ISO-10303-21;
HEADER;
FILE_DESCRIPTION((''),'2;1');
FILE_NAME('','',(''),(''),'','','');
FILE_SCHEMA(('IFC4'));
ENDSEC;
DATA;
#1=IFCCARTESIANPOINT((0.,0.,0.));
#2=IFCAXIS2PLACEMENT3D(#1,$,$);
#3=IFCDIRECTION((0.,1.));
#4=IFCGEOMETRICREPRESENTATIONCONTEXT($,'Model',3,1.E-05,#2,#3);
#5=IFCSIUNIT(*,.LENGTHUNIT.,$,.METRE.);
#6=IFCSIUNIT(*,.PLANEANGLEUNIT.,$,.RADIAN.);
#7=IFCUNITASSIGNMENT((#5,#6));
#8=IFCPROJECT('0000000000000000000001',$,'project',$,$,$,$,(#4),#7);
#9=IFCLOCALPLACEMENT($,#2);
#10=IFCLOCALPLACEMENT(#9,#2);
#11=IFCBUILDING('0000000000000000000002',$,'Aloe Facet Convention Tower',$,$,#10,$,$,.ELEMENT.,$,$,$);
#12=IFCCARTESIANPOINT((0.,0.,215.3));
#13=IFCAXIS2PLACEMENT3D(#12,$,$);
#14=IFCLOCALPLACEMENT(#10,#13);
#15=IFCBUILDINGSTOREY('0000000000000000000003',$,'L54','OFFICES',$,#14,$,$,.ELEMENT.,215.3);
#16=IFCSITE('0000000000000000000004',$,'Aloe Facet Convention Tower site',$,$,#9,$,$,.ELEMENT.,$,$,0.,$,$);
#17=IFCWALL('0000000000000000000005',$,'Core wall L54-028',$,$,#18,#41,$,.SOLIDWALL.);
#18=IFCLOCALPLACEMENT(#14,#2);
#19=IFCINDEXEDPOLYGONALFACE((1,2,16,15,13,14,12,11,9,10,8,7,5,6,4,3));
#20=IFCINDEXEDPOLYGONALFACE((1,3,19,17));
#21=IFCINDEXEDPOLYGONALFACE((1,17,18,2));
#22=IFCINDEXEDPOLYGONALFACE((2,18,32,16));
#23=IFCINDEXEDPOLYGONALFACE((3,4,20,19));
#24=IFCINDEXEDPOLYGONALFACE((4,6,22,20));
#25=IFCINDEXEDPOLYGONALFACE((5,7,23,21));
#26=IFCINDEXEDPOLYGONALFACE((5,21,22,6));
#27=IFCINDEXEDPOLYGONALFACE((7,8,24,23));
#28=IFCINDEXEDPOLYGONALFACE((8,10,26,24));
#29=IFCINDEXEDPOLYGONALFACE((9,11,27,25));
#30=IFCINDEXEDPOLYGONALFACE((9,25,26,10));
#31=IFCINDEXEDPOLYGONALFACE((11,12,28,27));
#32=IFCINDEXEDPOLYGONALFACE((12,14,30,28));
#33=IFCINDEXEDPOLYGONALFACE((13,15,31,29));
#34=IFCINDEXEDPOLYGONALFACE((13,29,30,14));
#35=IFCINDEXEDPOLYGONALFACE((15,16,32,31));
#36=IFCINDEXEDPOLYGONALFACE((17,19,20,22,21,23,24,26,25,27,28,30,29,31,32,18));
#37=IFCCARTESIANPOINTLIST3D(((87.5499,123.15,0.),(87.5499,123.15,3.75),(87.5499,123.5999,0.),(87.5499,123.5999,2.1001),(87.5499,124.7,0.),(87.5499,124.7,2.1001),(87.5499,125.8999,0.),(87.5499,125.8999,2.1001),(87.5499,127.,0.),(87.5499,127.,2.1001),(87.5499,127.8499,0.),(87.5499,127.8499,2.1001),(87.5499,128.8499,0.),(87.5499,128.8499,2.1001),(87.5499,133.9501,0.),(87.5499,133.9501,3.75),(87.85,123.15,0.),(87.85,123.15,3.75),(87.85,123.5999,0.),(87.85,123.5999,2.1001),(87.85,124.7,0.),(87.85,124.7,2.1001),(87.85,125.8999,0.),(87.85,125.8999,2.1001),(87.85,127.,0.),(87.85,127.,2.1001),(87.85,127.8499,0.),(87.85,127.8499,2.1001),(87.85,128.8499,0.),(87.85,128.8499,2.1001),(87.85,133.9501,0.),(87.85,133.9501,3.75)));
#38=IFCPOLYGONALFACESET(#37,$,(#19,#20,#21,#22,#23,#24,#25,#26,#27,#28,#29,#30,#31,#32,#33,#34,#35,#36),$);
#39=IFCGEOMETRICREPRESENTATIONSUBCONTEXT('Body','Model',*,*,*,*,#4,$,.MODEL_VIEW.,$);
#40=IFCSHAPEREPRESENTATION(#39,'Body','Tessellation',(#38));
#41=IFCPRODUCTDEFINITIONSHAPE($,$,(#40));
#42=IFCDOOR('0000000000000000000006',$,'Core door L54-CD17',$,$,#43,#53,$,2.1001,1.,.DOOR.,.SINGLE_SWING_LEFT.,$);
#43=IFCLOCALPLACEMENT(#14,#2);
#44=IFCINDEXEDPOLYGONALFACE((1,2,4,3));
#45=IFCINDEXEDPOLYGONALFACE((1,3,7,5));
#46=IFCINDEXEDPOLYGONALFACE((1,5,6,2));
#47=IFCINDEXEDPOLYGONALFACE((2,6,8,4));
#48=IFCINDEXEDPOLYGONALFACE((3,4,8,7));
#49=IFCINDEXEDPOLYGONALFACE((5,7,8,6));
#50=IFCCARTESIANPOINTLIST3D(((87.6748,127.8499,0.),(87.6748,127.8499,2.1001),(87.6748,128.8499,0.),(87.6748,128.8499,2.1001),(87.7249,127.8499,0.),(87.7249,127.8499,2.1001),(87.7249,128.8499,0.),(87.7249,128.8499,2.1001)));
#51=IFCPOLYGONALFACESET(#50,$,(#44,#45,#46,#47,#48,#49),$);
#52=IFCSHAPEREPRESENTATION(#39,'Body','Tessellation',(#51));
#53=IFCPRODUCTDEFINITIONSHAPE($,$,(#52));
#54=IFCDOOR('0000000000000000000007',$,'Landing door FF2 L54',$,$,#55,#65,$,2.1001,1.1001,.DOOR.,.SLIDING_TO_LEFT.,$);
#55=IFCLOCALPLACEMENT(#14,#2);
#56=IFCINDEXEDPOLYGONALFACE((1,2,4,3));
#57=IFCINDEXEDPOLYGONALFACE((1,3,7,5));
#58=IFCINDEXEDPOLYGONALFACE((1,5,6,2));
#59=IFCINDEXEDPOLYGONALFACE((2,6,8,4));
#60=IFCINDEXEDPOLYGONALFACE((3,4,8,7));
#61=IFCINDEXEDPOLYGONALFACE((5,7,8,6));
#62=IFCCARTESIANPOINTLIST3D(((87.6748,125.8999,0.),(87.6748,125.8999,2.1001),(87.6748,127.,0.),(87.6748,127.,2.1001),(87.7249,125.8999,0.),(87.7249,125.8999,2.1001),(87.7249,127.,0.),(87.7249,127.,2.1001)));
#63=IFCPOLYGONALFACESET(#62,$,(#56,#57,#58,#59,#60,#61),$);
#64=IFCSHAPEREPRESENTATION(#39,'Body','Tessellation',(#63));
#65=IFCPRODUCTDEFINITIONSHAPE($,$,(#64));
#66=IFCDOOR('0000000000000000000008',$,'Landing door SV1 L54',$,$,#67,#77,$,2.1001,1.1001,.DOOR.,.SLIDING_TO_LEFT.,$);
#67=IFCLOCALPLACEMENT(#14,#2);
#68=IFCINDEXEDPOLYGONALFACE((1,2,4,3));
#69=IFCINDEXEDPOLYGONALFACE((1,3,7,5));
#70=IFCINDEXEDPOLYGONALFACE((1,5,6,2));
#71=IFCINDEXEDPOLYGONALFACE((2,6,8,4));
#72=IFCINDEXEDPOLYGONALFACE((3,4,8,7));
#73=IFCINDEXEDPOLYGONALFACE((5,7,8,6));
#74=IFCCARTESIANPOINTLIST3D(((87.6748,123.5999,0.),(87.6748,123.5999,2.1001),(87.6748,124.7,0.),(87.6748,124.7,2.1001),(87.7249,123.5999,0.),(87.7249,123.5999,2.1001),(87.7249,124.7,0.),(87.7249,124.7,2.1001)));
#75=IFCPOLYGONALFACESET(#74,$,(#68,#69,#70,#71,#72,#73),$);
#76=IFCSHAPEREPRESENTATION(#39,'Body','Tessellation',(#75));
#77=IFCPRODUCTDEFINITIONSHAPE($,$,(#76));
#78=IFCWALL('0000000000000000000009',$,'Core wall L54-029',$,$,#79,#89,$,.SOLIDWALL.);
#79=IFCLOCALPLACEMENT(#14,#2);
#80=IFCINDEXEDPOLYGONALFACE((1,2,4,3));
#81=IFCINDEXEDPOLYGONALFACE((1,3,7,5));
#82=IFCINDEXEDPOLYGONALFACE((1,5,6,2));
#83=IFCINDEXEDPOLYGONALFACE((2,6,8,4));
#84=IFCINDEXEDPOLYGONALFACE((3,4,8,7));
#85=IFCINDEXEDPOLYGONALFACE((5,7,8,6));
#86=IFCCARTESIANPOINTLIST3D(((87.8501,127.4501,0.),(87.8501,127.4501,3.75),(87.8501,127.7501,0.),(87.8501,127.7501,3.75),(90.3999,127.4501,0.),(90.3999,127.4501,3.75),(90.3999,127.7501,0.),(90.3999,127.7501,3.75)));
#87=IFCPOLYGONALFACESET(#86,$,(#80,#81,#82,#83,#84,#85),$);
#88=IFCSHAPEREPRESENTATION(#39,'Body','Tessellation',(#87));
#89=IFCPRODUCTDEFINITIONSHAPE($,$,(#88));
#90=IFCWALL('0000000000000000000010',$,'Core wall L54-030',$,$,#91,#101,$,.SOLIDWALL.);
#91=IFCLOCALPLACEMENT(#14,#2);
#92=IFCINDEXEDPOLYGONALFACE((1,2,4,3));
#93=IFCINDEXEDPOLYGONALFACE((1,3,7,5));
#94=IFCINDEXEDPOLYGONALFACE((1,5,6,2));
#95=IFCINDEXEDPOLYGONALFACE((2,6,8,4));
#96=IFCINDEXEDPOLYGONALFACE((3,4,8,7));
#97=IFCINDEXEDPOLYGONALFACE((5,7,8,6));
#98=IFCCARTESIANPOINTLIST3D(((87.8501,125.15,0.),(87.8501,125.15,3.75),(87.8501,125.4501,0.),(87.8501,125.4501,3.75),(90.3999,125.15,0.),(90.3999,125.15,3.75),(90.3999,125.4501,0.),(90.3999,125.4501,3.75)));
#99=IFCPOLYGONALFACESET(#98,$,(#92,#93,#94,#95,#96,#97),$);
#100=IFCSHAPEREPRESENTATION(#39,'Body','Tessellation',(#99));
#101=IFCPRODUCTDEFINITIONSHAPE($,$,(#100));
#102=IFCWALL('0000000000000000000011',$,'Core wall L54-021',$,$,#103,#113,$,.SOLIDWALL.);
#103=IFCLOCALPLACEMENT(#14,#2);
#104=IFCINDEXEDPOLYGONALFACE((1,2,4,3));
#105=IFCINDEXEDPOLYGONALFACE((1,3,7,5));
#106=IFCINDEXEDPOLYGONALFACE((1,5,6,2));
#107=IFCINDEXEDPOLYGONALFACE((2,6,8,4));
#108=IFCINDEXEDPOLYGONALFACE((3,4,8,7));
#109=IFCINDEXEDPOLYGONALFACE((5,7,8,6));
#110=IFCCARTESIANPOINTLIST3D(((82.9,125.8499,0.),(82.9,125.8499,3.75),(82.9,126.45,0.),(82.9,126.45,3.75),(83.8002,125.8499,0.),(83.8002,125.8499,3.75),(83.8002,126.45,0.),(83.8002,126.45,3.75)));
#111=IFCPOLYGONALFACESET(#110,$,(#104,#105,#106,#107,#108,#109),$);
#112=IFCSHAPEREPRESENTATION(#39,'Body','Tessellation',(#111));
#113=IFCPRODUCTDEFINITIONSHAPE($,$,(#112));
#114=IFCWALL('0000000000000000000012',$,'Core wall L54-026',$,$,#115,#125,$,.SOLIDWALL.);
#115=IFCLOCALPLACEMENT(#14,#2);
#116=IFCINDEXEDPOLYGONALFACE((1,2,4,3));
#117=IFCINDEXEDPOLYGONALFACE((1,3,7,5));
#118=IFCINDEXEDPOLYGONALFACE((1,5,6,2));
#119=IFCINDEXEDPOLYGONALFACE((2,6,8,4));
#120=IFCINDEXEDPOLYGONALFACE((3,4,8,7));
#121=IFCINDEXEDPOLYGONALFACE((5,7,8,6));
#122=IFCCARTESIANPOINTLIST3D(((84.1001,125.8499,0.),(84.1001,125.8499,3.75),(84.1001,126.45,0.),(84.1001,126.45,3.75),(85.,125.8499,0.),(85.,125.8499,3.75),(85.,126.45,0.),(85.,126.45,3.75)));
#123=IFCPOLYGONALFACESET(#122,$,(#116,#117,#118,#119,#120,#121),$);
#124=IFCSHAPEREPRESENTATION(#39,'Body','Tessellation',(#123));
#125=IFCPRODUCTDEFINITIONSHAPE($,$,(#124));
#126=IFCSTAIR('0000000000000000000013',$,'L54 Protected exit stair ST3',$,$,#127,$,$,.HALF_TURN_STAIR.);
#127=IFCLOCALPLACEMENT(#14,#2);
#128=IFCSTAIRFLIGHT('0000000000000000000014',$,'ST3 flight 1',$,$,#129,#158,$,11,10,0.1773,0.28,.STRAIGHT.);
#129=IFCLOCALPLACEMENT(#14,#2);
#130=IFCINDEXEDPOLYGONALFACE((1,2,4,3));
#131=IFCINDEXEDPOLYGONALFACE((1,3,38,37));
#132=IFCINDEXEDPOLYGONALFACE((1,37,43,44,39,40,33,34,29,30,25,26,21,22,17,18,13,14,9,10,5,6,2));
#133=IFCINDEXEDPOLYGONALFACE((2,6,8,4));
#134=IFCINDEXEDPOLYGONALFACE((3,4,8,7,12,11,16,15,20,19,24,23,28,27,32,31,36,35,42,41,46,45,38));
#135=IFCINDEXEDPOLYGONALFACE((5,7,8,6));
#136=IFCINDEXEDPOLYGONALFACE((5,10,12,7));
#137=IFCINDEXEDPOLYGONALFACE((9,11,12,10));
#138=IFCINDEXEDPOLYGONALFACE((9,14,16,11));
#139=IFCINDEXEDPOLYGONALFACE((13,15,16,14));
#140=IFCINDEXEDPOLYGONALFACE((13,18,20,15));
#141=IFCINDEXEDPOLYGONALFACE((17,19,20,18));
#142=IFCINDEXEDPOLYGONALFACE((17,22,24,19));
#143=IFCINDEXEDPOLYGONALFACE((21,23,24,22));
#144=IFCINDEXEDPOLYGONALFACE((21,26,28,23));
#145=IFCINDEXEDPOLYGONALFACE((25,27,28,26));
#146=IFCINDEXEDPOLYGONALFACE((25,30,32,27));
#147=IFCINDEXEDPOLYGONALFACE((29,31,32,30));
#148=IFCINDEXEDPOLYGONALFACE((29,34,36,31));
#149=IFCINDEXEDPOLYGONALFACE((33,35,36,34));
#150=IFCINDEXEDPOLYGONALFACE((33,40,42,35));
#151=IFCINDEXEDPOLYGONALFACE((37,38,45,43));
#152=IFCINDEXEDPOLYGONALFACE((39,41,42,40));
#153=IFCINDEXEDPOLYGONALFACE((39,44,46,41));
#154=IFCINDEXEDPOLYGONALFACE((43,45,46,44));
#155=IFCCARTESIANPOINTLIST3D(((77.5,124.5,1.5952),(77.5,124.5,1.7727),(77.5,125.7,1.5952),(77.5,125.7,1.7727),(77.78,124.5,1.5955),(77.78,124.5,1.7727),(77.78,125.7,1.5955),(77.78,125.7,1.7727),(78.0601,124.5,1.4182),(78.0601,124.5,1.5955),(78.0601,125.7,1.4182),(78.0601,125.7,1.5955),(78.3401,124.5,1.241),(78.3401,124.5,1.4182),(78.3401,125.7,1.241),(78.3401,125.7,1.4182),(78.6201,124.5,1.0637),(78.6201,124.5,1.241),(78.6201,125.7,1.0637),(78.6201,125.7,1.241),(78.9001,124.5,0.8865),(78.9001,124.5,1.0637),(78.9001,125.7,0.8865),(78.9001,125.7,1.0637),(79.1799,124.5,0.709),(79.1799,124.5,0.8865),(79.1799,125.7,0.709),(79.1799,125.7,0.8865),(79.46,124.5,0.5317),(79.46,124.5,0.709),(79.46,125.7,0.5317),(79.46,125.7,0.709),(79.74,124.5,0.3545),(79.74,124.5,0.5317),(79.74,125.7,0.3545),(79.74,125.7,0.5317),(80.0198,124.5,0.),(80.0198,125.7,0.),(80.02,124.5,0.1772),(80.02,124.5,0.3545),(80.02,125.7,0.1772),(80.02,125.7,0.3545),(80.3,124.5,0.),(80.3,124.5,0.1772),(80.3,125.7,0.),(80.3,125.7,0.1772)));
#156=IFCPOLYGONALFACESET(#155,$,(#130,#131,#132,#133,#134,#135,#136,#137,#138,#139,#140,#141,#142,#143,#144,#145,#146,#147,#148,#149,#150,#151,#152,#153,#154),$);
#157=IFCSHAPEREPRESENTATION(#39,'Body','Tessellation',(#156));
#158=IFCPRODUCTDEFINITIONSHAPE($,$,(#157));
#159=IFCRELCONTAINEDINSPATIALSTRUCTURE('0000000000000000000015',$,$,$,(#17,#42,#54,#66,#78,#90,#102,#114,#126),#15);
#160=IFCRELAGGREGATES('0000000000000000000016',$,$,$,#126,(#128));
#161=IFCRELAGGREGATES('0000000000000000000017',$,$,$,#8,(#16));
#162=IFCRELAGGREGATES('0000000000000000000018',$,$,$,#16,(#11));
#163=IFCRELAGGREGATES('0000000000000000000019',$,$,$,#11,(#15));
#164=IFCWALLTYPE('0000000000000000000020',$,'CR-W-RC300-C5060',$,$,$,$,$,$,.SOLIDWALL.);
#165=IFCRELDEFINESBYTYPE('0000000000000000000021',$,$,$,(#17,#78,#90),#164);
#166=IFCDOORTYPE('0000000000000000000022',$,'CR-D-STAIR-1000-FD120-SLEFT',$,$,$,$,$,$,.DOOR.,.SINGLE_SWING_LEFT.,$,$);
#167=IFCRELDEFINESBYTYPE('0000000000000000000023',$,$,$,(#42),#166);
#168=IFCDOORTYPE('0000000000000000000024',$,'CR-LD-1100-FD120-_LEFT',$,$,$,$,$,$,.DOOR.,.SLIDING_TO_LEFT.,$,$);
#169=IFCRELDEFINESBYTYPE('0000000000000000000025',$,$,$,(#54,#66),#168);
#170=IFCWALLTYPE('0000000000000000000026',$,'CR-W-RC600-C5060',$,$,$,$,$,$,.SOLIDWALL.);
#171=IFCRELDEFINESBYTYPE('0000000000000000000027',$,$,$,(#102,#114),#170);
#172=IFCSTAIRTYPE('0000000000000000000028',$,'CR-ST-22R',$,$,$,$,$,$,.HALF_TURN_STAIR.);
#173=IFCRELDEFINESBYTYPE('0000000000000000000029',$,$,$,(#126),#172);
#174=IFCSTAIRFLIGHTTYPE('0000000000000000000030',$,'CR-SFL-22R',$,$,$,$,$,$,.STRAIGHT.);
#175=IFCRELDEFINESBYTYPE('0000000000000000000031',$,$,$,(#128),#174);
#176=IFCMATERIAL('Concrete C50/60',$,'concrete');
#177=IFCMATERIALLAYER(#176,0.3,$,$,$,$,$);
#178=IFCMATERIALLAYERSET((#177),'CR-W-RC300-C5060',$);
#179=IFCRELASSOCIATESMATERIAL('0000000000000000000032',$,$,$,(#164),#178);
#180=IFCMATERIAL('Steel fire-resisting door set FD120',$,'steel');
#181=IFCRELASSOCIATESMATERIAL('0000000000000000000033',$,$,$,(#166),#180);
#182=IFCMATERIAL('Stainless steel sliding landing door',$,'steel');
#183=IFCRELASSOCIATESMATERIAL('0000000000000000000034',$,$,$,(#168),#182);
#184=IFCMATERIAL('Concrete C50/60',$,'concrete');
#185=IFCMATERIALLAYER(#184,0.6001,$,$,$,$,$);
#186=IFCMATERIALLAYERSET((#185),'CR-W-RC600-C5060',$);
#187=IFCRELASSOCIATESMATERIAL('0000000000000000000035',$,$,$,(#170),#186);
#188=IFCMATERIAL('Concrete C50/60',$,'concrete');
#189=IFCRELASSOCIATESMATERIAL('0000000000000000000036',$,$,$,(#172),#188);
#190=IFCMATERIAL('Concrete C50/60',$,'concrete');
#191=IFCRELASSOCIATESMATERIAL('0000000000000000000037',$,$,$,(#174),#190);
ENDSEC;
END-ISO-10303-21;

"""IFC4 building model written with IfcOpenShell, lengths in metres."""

from ifc_helpers import new_model, si_unit, direction, frame, frame_2d, origin, place, context, subcontext, project, spatial, polyline, rectangle, outline, extrude, material, layer, layer_set, type_object, element, fill, aggregate, save


model = new_model("IFC4")

# Units and contexts
model_context = context("Model", 3, precision=1e-05, world=origin(), true_north=direction((0.0, 1.0)))
body_context = subcontext(model_context, "Body", "Model", "MODEL_VIEW")
ifc_project = project(units=[si_unit("LENGTHUNIT", "METRE"), si_unit("PLANEANGLEUNIT", "RADIAN")], contexts=[model_context])

# Site, building, storey
site_placement = place(None, origin())
site = spatial("IfcSite", under=ifc_project, at=site_placement, Name="Aloe Facet Convention Tower site", CompositionType="ELEMENT", RefElevation=0.0)
building_placement = place(site_placement, origin())
building = spatial("IfcBuilding", under=site, at=building_placement, Name="Aloe Facet Convention Tower", CompositionType="ELEMENT")
storey_placement = place(building_placement, frame((0.0, 0.0, 215.3)))
storey = spatial("IfcBuildingStorey", under=building, at=storey_placement, Name="L54", Description="OFFICES", CompositionType="ELEMENT", Elevation=215.3)

# Shared definitions
ifc_material_1 = material(Name="Concrete C50/60", Category="concrete")
ifc_layer_1 = layer(ifc_material_1, 0.3)
ifc_layer_set_1 = layer_set([ifc_layer_1], Name="CR-W-RC300-C5060")
wall_type_1 = type_object("IfcWallType", Name="CR-W-RC300-C5060", PredefinedType="SOLIDWALL", material=ifc_layer_set_1)

# Shared definitions
ifc_material_2 = material(Name="Steel fire-resisting door set FD120", Category="steel")
door_type_1 = type_object("IfcDoorType", Name="CR-D-STAIR-1000-FD120-SLEFT", OperationType="SINGLE_SWING_LEFT", PredefinedType="DOOR", material=ifc_material_2)

# Wall, openings, doors
wall_1_placement = place(storey_placement, frame((87.7, 133.95, 0.0), z_axis=(0.0, 0.0, 1.0), x_axis=(0.0, -1.0, 0.0)))
wall_1 = element("IfcWall", 1, at=wall_1_placement, inside=storey, type_object=wall_type_1, Name="Core wall L54-028", PredefinedType="SOLIDWALL", context=body_context, shape_type="SweptSolid", body=[
    extrude(rectangle(XDim=10.8, YDim=0.3, at=frame_2d((5.3999, 0.0))), origin(), (0.0, 0.0, 1.0), 3.75),
])
opening_1_placement = place(wall_1_placement, frame((6.95, 0.0, 0.0)))
opening_1 = element("IfcOpeningElement", 2, at=opening_1_placement, cuts=wall_1, PredefinedType="OPENING", context=body_context, shape_type="SweptSolid", body=[
    extrude(rectangle(XDim=1.1001, YDim=2.1001, at=frame_2d((0.55, 1.05))), frame((0.0, 0.1602, 0.0), z_axis=(0.0, -1.0, 0.0), x_axis=(1.0, 0.0, 0.0)), (0.0, 0.0, 1.0), 0.3201),
])
opening_2_placement = place(wall_1_placement, frame((5.1001, 0.0, 0.0)))
opening_2 = element("IfcOpeningElement", 3, at=opening_2_placement, cuts=wall_1, PredefinedType="OPENING", context=body_context, shape_type="SweptSolid", body=[
    extrude(rectangle(XDim=1.0, YDim=2.1001, at=frame_2d((0.5, 1.05))), frame((0.0, 0.1602, 0.0), z_axis=(0.0, -1.0, 0.0), x_axis=(1.0, 0.0, 0.0)), (0.0, 0.0, 1.0), 0.3201),
])
opening_3_placement = place(wall_1_placement, frame((9.25, 0.0, 0.0)))
opening_3 = element("IfcOpeningElement", 4, at=opening_3_placement, cuts=wall_1, PredefinedType="OPENING", context=body_context, shape_type="SweptSolid", body=[
    extrude(rectangle(XDim=1.1001, YDim=2.1001, at=frame_2d((0.55, 1.05))), frame((0.0, 0.1602, 0.0), z_axis=(0.0, -1.0, 0.0), x_axis=(1.0, 0.0, 0.0)), (0.0, 0.0, 1.0), 0.3201),
])
door_1_placement = place(opening_2_placement, origin())
door_1 = element("IfcDoor", 5, at=door_1_placement, inside=storey, type_object=door_type_1, Name="Core door L54-CD17", OperationType="SINGLE_SWING_LEFT", OverallHeight=2.1001, OverallWidth=1.0, PredefinedType="DOOR", context=body_context, shape_type="SweptSolid", body=[
    extrude(rectangle(XDim=1.0, YDim=2.1001, at=frame_2d((0.5, 1.05))), frame((0.0, 0.0249, 0.0), z_axis=(0.0, -1.0, 0.0), x_axis=(1.0, 0.0, 0.0)), (0.0, 0.0, 1.0), 0.05),
])
fill(opening_2, door_1)
ifc_material_3 = material(Name="Stainless steel sliding landing door", Category="steel")
door_type_2 = type_object("IfcDoorType", Name="CR-LD-1100-FD120-_LEFT", OperationType="SLIDING_TO_LEFT", PredefinedType="DOOR", material=ifc_material_3)
door_2_placement = place(opening_1_placement, origin())
door_2 = element("IfcDoor", 6, at=door_2_placement, inside=storey, type_object=door_type_2, Name="Landing door FF2 L54", OperationType="SLIDING_TO_LEFT", OverallHeight=2.1001, OverallWidth=1.1001, PredefinedType="DOOR", context=body_context, shape_type="SweptSolid", body=[
    extrude(rectangle(XDim=1.1001, YDim=2.1001, at=frame_2d((0.55, 1.05))), frame((0.0, 0.0249, 0.0), z_axis=(0.0, -1.0, 0.0), x_axis=(1.0, 0.0, 0.0)), (0.0, 0.0, 1.0), 0.05),
])
fill(opening_1, door_2)
door_3_placement = place(opening_3_placement, origin())
door_3 = element("IfcDoor", 7, at=door_3_placement, inside=storey, type_object=door_type_2, Name="Landing door SV1 L54", OperationType="SLIDING_TO_LEFT", OverallHeight=2.1001, OverallWidth=1.1001, PredefinedType="DOOR", context=body_context, shape_type="SweptSolid", body=[
    extrude(rectangle(XDim=1.1001, YDim=2.1001, at=frame_2d((0.55, 1.05))), frame((0.0, 0.0249, 0.0), z_axis=(0.0, -1.0, 0.0), x_axis=(1.0, 0.0, 0.0)), (0.0, 0.0, 1.0), 0.05),
])
fill(opening_3, door_3)

# Walls
for number, where, z_axis, x_axis, name in (
    (8, (87.8501, 127.6001, 0.0), (0.0, 0.0, 1.0), (1.0, 0.0, 0.0), "Core wall L54-029"),
    (9, (87.8501, 125.3, 0.0), (0.0, 0.0, 1.0), (1.0, 0.0, 0.0), "Core wall L54-030"),
):
    element("IfcWall", number, at=place(storey_placement, frame(where, z_axis=z_axis, x_axis=x_axis)), inside=storey, type_object=wall_type_1, Name=name, PredefinedType="SOLIDWALL", context=body_context, shape_type="SweptSolid", body=[
        extrude(rectangle(XDim=2.5498, YDim=0.3, at=frame_2d((1.2749, 0.0))), origin(), (0.0, 0.0, 1.0), 3.75),
    ])
ifc_material_4 = material(Name="Concrete C50/60", Category="concrete")
ifc_layer_2 = layer(ifc_material_4, 0.6001)
ifc_layer_set_2 = layer_set([ifc_layer_2], Name="CR-W-RC600-C5060")
wall_type_2 = type_object("IfcWallType", Name="CR-W-RC600-C5060", PredefinedType="SOLIDWALL", material=ifc_layer_set_2)
wall_2_placement = place(storey_placement, frame((82.8999, 126.1499, 0.0), z_axis=(0.0, 0.0, 1.0), x_axis=(1.0, 0.0, 0.0)))
element("IfcWall", 10, at=wall_2_placement, inside=storey, type_object=wall_type_2, Name="Core wall L54-021", PredefinedType="SOLIDWALL", context=body_context, shape_type="SweptSolid", body=[
    extrude(rectangle(XDim=0.9001, YDim=0.6001, at=frame_2d((0.4502, 0.0))), origin(), (0.0, 0.0, 1.0), 3.75),
])
wall_3_placement = place(storey_placement, frame((84.1001, 126.1499, 0.0), z_axis=(0.0, 0.0, 1.0), x_axis=(1.0, 0.0, 0.0)))
element("IfcWall", 11, at=wall_3_placement, inside=storey, type_object=wall_type_2, Name="Core wall L54-026", PredefinedType="SOLIDWALL", context=body_context, shape_type="SweptSolid", body=[
    extrude(rectangle(XDim=0.8999, YDim=0.6001, at=frame_2d((0.45, 0.0))), origin(), (0.0, 0.0, 1.0), 3.75),
])

# Stair, stair flight
ifc_material_5 = material(Name="Concrete C50/60", Category="concrete")
stair_type = type_object("IfcStairType", Name="CR-ST-22R", PredefinedType="HALF_TURN_STAIR", material=ifc_material_5)
stair_placement = place(storey_placement, origin())
stair = element("IfcStair", 12, at=stair_placement, inside=storey, type_object=stair_type, Name="L54 Protected exit stair ST3", PredefinedType="HALF_TURN_STAIR")
ifc_material_6 = material(Name="Concrete C50/60", Category="concrete")
stair_flight_type = type_object("IfcStairFlightType", Name="CR-SFL-22R", PredefinedType="STRAIGHT", material=ifc_material_6)
stair_flight_placement = place(storey_placement, frame((80.3, 125.1001, 0.0), z_axis=(0.0, 0.0, 1.0), x_axis=(-1.0, 0.0, 0.0)))
stair_flight = element("IfcStairFlight", 13, at=stair_flight_placement, type_object=stair_flight_type, Name="ST3 flight 1", NumberOfRisers=11, NumberOfTreads=10, PredefinedType="STRAIGHT", RiserHeight=0.1773, TreadLength=0.28, context=body_context, shape_type="SweptSolid", body=[
    extrude(outline(polyline([(0.0, 0.0), (0.0, 0.1772), (0.28, 0.1772), (0.28, 0.3545), (0.5601, 0.3545), (0.5601, 0.5317), (0.8401, 0.5317), (0.8401, 0.709), (1.1201, 0.709), (1.1201, 0.8865), (1.3999, 0.8865), (1.3999, 1.0637), (1.6799, 1.0637), (1.6799, 1.241), (1.96, 1.241), (1.96, 1.4182), (2.24, 1.4182), (2.24, 1.5955), (2.52, 1.5955), (2.52, 1.7727), (2.8, 1.7727), (2.8, 1.95), (2.8, 1.5952), (0.2803, 0.0), (0.0, 0.0)])), frame((0.0, 0.6001, 0.0), z_axis=(0.0, -1.0, 0.0), x_axis=(1.0, 0.0, 0.0)), (0.0, 0.0, 1.0), 1.2),
])
aggregate(stair, [stair_flight])

save(model, "model.ifc")
